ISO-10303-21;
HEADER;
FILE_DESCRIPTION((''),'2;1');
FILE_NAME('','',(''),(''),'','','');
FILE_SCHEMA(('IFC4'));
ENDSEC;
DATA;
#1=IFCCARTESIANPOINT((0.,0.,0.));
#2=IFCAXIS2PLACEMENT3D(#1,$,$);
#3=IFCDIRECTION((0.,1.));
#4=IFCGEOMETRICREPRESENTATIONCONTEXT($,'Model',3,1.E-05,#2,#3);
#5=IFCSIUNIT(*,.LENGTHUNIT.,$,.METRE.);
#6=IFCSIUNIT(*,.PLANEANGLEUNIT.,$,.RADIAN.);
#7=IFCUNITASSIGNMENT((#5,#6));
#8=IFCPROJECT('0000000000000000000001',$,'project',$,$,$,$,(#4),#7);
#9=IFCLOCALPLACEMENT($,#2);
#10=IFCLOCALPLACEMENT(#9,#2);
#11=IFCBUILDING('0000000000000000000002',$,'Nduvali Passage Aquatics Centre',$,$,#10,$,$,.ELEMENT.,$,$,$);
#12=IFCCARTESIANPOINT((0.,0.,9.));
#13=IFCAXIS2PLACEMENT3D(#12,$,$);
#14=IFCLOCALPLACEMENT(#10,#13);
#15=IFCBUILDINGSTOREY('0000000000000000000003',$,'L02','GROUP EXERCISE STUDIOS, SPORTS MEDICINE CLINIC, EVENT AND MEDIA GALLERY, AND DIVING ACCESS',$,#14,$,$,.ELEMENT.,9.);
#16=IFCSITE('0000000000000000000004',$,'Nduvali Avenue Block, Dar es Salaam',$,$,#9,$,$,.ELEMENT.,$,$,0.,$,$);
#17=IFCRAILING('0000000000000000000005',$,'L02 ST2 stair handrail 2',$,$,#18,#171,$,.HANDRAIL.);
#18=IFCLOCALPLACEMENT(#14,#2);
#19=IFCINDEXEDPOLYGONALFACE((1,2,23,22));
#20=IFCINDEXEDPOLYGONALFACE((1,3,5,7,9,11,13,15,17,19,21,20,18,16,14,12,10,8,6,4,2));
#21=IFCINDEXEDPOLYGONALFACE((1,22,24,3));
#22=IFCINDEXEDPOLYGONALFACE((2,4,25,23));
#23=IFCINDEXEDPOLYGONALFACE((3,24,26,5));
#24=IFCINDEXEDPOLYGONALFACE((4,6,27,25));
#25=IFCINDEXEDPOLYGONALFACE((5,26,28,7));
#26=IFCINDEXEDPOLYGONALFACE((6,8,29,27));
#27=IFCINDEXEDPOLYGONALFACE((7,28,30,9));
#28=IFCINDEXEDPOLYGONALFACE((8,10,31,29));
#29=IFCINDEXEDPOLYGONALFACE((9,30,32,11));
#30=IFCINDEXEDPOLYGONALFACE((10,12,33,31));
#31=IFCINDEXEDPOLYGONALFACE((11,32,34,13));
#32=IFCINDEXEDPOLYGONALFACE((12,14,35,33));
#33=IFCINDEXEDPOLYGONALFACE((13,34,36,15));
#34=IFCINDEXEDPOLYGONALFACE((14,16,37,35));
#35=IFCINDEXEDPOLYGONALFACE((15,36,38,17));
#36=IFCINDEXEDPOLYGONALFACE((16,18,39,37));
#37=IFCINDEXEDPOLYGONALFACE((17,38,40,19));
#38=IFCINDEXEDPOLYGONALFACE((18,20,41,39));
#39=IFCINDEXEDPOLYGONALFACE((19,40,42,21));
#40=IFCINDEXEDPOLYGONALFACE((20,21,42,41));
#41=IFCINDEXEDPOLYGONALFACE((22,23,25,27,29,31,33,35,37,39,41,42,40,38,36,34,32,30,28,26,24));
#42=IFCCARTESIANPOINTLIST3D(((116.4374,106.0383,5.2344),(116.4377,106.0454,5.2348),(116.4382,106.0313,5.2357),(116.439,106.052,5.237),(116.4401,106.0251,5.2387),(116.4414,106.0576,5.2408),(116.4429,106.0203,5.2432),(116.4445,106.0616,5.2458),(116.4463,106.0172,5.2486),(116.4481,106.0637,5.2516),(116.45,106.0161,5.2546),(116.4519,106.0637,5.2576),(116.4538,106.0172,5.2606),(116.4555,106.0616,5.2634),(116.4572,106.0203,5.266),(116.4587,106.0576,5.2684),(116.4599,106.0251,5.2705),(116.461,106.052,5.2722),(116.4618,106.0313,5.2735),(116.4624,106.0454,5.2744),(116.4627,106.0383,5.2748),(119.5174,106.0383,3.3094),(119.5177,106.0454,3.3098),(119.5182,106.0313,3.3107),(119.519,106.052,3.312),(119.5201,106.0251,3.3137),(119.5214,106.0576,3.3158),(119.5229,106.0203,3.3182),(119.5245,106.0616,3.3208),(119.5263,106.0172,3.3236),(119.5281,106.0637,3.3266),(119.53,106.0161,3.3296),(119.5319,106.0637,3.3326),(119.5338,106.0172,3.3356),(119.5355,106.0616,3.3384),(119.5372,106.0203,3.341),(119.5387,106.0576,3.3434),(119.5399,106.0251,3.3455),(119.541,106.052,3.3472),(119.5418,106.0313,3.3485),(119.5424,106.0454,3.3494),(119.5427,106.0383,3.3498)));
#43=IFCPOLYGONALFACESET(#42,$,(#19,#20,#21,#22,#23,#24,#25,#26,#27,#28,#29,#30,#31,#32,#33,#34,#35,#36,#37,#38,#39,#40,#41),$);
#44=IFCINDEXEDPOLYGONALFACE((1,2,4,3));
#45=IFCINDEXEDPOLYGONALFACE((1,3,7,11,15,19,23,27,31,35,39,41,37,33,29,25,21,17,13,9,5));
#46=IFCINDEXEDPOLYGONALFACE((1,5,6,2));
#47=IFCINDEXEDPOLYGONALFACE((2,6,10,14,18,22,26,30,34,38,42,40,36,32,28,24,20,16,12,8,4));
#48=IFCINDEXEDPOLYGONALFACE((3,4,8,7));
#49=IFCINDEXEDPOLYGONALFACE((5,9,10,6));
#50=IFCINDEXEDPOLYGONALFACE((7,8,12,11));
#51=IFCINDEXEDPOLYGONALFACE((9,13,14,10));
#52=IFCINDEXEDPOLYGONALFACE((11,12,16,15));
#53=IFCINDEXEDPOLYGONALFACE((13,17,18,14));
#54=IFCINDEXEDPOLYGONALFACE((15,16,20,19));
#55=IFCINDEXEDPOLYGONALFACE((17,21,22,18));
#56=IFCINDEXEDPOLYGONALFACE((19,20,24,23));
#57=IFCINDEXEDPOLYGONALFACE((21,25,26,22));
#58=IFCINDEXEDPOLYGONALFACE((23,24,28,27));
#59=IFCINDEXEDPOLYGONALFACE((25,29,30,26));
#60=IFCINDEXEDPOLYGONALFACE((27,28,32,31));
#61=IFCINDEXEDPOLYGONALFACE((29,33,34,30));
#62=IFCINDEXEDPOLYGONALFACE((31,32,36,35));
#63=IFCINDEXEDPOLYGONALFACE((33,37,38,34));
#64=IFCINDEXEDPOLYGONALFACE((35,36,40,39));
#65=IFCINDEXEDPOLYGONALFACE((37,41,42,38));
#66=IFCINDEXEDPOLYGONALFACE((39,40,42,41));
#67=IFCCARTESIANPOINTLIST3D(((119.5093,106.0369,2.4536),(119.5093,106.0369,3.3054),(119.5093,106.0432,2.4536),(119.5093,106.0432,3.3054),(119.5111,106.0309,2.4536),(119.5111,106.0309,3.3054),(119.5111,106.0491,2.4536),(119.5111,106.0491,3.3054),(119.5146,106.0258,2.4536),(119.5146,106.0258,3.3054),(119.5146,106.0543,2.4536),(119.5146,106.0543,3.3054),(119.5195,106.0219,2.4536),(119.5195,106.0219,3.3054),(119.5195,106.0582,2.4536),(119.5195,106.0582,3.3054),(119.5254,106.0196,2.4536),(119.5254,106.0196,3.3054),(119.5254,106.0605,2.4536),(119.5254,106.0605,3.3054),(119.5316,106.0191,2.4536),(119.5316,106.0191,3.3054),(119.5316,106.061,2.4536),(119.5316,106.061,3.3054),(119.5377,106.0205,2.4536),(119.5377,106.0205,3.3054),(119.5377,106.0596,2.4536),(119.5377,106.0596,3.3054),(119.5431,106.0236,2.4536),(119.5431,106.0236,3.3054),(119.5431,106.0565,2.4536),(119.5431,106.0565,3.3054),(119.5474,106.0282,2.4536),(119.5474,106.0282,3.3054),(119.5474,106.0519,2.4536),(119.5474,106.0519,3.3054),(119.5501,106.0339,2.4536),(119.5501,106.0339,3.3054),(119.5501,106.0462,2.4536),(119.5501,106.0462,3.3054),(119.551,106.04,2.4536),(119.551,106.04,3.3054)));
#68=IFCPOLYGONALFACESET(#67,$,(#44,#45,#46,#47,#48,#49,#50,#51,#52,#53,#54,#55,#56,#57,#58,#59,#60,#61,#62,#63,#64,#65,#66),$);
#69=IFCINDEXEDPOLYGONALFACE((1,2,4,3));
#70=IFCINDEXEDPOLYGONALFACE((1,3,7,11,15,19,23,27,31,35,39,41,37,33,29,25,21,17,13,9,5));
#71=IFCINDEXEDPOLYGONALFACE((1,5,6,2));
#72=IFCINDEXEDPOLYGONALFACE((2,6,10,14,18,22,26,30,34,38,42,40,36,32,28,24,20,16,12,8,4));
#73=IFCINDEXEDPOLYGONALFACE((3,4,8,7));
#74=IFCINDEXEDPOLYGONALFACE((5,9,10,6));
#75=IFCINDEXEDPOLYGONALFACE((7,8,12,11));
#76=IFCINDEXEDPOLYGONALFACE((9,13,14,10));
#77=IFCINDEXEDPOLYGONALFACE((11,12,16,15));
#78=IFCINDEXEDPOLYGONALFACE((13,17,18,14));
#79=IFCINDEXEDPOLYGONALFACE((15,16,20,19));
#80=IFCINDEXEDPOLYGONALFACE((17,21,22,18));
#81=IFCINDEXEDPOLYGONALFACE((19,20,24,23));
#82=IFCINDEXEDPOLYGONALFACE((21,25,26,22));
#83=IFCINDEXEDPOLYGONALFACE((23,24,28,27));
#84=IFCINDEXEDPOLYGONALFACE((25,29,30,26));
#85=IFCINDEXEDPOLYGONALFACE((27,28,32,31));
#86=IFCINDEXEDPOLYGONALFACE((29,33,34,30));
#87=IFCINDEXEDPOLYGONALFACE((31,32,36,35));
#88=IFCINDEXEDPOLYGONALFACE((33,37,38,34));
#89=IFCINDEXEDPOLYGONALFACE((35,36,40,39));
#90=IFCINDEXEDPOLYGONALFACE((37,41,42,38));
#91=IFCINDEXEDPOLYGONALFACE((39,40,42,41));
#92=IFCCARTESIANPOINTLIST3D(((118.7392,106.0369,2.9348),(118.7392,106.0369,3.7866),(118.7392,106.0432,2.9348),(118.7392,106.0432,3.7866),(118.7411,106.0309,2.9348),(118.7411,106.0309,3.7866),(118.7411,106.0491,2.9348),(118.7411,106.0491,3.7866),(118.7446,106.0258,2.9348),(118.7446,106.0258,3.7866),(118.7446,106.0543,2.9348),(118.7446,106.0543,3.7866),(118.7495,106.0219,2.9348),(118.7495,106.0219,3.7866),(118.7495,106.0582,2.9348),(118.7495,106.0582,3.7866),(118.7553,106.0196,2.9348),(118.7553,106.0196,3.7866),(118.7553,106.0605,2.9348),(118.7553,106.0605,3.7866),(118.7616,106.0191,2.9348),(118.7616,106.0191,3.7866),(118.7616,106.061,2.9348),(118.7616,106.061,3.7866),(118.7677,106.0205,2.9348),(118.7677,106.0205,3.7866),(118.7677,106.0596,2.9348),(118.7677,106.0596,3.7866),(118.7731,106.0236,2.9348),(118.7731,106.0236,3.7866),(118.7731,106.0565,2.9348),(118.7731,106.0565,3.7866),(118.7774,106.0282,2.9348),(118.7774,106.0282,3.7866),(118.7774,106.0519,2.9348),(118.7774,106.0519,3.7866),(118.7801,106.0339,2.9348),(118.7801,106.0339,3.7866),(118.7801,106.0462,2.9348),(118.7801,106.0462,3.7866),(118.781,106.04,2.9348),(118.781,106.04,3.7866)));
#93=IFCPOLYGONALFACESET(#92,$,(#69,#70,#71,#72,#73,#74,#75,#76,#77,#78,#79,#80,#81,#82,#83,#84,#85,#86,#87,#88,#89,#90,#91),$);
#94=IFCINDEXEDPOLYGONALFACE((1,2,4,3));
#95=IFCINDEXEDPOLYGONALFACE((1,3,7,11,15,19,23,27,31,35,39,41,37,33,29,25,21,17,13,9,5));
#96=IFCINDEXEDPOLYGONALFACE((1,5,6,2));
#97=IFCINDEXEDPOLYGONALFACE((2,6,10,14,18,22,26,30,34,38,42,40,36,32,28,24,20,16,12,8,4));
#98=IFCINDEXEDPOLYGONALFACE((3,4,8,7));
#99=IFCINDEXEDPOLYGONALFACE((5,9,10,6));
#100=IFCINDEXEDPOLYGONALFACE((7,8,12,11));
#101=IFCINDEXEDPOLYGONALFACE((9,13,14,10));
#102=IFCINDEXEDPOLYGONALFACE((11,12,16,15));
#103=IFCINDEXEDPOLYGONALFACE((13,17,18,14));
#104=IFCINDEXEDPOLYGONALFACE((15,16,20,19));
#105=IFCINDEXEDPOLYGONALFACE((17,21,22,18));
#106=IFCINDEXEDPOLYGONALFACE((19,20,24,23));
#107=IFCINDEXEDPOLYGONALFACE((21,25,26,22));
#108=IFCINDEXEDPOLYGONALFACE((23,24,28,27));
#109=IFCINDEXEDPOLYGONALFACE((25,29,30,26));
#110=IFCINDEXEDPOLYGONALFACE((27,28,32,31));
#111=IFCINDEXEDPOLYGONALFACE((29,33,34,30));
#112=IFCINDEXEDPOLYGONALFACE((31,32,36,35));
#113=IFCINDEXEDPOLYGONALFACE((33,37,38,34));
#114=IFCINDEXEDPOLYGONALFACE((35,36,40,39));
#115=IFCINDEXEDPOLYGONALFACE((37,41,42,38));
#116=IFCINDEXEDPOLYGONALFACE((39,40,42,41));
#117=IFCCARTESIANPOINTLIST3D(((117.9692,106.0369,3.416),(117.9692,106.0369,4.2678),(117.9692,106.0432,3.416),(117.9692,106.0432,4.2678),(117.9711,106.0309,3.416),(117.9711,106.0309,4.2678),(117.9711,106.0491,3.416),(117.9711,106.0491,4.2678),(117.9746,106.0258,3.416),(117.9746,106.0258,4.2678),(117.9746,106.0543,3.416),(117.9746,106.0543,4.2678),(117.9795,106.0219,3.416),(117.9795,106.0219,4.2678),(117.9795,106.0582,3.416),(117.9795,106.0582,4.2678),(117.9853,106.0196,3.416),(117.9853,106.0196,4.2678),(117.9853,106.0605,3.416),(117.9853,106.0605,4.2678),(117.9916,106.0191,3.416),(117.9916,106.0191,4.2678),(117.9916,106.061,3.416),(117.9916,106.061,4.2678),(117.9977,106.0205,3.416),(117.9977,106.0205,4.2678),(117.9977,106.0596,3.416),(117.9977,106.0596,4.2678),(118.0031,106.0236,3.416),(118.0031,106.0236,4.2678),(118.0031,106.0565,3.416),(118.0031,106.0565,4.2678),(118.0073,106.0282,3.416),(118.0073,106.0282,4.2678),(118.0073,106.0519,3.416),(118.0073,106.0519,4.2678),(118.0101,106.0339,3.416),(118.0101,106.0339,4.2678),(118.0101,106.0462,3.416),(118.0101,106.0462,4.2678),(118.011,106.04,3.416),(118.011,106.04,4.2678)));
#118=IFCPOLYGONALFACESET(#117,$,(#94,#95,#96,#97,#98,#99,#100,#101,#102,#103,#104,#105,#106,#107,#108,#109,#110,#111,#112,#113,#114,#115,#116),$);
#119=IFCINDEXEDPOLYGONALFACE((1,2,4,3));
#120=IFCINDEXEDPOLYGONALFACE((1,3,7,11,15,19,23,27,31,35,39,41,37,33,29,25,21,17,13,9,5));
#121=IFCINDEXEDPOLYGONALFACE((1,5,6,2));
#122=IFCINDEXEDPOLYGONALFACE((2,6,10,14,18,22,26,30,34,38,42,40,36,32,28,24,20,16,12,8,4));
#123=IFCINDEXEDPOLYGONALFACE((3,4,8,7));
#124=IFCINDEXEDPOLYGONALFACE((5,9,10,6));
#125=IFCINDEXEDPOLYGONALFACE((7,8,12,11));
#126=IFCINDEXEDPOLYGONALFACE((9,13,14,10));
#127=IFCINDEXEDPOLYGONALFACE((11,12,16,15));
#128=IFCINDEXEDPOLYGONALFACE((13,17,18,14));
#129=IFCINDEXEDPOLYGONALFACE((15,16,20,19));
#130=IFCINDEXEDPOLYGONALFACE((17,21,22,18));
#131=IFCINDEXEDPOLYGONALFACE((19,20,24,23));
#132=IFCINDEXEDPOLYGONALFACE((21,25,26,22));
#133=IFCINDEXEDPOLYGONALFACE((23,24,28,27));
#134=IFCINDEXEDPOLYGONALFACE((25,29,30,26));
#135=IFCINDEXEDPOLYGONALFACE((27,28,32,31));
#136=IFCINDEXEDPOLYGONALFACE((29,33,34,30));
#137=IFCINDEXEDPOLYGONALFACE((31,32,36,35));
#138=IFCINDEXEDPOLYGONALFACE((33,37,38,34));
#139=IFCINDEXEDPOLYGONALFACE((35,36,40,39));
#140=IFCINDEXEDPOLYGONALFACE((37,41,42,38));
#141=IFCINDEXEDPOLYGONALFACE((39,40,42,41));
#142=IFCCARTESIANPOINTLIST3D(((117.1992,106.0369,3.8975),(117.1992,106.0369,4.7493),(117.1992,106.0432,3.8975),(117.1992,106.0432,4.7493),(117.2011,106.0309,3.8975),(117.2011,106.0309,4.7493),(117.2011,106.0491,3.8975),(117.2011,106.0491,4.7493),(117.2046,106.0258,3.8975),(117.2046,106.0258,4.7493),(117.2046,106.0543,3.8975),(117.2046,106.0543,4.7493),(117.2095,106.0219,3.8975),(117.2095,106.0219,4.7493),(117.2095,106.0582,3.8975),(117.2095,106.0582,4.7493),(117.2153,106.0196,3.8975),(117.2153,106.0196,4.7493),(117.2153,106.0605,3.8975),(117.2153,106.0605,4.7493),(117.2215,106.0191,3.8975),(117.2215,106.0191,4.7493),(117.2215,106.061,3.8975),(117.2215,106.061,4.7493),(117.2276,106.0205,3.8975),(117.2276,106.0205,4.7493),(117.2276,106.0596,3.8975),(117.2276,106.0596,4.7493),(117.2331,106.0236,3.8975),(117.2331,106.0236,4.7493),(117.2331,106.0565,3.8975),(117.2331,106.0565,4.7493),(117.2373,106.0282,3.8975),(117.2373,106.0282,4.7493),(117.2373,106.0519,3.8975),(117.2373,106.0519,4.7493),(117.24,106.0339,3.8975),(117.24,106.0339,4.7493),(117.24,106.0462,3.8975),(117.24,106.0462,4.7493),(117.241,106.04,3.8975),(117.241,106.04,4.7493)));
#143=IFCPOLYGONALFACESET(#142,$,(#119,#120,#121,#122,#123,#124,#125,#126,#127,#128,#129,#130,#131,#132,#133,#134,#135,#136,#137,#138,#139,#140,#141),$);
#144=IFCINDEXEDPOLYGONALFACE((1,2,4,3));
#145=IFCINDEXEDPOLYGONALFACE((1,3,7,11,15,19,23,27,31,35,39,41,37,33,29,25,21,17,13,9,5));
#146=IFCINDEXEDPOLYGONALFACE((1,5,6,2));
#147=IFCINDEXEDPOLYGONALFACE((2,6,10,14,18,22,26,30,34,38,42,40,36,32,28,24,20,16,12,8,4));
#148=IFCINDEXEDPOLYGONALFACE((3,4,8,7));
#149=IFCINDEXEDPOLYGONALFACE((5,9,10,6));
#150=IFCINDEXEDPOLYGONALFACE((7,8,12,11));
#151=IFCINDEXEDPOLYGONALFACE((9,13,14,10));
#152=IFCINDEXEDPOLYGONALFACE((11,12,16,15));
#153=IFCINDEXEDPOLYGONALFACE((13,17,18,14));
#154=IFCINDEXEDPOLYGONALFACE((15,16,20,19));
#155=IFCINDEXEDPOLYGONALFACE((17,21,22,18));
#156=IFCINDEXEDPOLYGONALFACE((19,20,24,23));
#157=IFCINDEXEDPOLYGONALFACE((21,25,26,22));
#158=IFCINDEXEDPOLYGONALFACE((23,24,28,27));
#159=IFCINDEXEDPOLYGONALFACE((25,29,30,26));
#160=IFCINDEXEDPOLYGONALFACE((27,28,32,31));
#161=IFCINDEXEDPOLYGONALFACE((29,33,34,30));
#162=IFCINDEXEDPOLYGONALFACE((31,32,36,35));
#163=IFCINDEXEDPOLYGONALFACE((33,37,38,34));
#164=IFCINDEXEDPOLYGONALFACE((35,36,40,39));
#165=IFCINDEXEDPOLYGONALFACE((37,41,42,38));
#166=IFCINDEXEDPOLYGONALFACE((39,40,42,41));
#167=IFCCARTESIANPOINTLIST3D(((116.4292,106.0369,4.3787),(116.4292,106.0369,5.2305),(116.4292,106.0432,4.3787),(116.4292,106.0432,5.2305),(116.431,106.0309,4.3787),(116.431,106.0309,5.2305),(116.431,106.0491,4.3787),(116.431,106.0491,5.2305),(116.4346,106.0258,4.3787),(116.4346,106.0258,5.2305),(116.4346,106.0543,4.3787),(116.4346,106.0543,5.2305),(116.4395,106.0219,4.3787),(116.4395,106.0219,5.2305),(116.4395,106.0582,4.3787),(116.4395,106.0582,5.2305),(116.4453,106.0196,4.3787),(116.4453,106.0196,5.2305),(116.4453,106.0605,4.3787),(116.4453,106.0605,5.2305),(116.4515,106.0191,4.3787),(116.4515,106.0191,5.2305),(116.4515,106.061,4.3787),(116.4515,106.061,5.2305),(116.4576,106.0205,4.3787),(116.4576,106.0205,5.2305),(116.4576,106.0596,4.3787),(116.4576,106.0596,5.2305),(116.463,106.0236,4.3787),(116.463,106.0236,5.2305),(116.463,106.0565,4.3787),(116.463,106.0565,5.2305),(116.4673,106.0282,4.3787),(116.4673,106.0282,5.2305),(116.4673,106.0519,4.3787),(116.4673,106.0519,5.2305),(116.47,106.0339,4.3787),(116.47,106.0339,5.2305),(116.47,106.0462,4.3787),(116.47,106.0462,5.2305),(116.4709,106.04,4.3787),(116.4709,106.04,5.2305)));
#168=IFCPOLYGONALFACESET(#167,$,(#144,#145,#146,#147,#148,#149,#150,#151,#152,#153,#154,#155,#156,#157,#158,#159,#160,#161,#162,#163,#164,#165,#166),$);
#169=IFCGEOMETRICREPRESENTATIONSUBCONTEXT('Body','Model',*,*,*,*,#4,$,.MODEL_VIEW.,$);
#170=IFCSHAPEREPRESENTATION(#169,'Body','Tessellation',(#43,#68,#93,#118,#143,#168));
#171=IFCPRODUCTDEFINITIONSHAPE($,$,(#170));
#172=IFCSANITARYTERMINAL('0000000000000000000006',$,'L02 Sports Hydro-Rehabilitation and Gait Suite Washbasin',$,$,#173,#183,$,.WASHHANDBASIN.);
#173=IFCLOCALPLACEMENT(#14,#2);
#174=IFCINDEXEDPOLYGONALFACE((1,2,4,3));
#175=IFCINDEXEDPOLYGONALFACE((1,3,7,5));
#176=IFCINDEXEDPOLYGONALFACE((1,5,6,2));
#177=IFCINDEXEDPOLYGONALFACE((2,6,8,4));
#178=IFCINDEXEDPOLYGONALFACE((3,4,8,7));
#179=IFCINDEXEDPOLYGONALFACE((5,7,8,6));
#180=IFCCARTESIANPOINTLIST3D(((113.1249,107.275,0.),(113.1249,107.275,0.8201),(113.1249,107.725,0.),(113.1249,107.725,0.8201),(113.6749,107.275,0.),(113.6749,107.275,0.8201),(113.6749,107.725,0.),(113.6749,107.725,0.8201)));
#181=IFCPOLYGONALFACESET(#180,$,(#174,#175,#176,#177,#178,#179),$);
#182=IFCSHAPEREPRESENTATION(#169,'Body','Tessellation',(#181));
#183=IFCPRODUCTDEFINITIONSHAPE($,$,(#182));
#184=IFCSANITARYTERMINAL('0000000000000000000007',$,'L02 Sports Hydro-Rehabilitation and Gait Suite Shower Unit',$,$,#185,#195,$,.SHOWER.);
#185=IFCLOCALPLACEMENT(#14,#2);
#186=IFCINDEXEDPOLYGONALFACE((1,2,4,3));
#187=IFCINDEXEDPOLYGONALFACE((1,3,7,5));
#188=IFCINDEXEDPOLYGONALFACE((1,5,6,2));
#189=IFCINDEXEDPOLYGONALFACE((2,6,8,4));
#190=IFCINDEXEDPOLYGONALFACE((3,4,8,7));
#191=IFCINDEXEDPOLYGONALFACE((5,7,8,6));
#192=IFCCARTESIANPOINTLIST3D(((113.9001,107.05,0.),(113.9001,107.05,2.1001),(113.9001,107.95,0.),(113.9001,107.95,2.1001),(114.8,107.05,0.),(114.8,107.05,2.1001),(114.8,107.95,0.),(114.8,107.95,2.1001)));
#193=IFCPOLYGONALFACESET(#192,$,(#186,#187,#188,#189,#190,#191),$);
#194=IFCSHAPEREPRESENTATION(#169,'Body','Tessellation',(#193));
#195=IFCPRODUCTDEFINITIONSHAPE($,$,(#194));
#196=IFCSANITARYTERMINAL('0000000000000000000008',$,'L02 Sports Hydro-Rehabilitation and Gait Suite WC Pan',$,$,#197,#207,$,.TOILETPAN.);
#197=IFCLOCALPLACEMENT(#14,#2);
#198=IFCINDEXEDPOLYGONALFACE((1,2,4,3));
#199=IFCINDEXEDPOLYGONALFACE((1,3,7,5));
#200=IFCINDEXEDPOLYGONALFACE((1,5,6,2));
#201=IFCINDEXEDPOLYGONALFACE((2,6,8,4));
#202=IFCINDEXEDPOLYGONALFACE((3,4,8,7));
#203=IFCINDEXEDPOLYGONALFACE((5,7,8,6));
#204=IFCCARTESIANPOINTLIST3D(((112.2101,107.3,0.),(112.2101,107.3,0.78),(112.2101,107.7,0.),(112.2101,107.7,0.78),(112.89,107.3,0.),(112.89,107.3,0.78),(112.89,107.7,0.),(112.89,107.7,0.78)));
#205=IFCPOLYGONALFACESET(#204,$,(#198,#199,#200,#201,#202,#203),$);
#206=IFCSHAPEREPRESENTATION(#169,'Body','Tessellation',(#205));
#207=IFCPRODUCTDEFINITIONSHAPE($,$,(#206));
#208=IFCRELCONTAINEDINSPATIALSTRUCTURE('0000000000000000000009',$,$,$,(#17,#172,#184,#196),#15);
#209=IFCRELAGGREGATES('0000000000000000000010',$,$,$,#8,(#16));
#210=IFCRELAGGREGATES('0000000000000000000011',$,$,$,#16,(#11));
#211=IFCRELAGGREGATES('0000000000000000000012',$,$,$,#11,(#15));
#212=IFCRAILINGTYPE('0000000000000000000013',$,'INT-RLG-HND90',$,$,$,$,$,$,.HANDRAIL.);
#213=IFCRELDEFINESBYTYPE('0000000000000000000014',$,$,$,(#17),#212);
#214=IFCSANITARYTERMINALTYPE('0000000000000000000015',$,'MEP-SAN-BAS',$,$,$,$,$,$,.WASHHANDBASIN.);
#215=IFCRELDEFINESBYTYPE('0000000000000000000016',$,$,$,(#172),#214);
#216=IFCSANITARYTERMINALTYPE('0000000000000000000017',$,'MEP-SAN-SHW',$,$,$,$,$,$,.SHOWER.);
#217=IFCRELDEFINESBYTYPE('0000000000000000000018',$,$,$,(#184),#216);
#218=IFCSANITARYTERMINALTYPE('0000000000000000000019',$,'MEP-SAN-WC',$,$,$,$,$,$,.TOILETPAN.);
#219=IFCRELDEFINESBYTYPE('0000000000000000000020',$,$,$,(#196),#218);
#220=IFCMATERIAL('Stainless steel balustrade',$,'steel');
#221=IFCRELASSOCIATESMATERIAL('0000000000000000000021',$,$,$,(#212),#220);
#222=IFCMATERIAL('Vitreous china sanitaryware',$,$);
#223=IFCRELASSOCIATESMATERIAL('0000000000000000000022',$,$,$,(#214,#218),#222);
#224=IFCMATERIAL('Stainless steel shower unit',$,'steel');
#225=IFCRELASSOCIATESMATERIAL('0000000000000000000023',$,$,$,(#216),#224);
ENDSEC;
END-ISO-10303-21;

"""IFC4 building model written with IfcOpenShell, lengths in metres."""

from ifc_helpers import new_model, si_unit, direction, frame, origin, origin_2d, place, context, subcontext, project, spatial, rectangle, circle, extrude, material, type_object, element, save


model = new_model("IFC4")

# Units and contexts
model_context = context("Model", 3, precision=1e-05, world=origin(), true_north=direction((0.0, 1.0)))
body_context = subcontext(model_context, "Body", "Model", "MODEL_VIEW")
ifc_project = project(units=[si_unit("LENGTHUNIT", "METRE"), si_unit("PLANEANGLEUNIT", "RADIAN")], contexts=[model_context])

# Site, building, storey
site_placement = place(None, origin())
site = spatial("IfcSite", under=ifc_project, at=site_placement, Name="Nduvali Avenue Block, Dar es Salaam", CompositionType="ELEMENT", RefElevation=0.0)
building_placement = place(site_placement, origin())
building = spatial("IfcBuilding", under=site, at=building_placement, Name="Nduvali Passage Aquatics Centre", CompositionType="ELEMENT")
storey_placement = place(building_placement, frame((0.0, 0.0, 9.0)))
storey = spatial("IfcBuildingStorey", under=building, at=storey_placement, Name="L02", Description="GROUP EXERCISE STUDIOS, SPORTS MEDICINE CLINIC, EVENT AND MEDIA GALLERY, AND DIVING ACCESS", CompositionType="ELEMENT", Elevation=9.0)

# Railing
ifc_material_1 = material(Name="Stainless steel balustrade", Category="steel")
railing_type_1 = type_object("IfcRailingType", Name="INT-RLG-HND90", PredefinedType="HANDRAIL", material=ifc_material_1)
railing_1_placement = place(storey_placement, frame((119.53, 106.04, 2.4536)))
element("IfcRailing", 1, at=railing_1_placement, inside=storey, type_object=railing_type_1, Name="L02 ST2 stair handrail 2", PredefinedType="HANDRAIL", context=body_context, shape_type="SweptSolid", body=[
    extrude(circle(Radius=0.0239, at=origin_2d()), frame((0.0, 0.0, 0.876), z_axis=(-0.847998, 0.0, 0.529999), x_axis=(0.0, -1.0, 0.0)), (0.0, 0.0, 1.0), 3.6321),
    extrude(circle(Radius=0.021, at=origin_2d()), origin(), (0.0, 0.0, 1.0), 0.8518),
    extrude(circle(Radius=0.021, at=origin_2d()), frame((-0.77, 0.0, 0.4812)), (0.0, 0.0, 1.0), 0.8518),
    extrude(circle(Radius=0.021, at=origin_2d()), frame((-1.54, 0.0, 0.9624)), (0.0, 0.0, 1.0), 0.8518),
    extrude(circle(Radius=0.021, at=origin_2d()), frame((-2.3101, 0.0, 1.4438)), (0.0, 0.0, 1.0), 0.8518),
    extrude(circle(Radius=0.021, at=origin_2d()), frame((-3.0801, 0.0, 1.925)), (0.0, 0.0, 1.0), 0.8518),
])

# Sanitary terminals
ifc_material_2 = material(Name="Vitreous china sanitaryware")
sanitary_terminal_type_1 = type_object("IfcSanitaryTerminalType", Name="MEP-SAN-BAS", PredefinedType="WASHHANDBASIN", material=ifc_material_2)
sanitary_terminal_1_placement = place(storey_placement, frame((113.3999, 107.5, 0.0), z_axis=(0.0, 0.0, 1.0), x_axis=(1.0, 0.0, 0.0)))
element("IfcSanitaryTerminal", 2, at=sanitary_terminal_1_placement, inside=storey, type_object=sanitary_terminal_type_1, Name="L02 Sports Hydro-Rehabilitation and Gait Suite Washbasin", PredefinedType="WASHHANDBASIN", context=body_context, shape_type="SweptSolid", body=[
    extrude(rectangle(XDim=0.55, YDim=0.45, at=origin_2d()), origin(), (0.0, 0.0, 1.0), 0.8201),
])
ifc_material_3 = material(Name="Stainless steel shower unit", Category="steel")
sanitary_terminal_type_2 = type_object("IfcSanitaryTerminalType", Name="MEP-SAN-SHW", PredefinedType="SHOWER", material=ifc_material_3)
sanitary_terminal_2_placement = place(storey_placement, frame((114.3501, 107.5, 0.0), z_axis=(0.0, 0.0, 1.0), x_axis=(1.0, 0.0, 0.0)))
element("IfcSanitaryTerminal", 3, at=sanitary_terminal_2_placement, inside=storey, type_object=sanitary_terminal_type_2, Name="L02 Sports Hydro-Rehabilitation and Gait Suite Shower Unit", PredefinedType="SHOWER", context=body_context, shape_type="SweptSolid", body=[
    extrude(rectangle(XDim=0.8999, YDim=0.8999, at=origin_2d()), origin(), (0.0, 0.0, 1.0), 2.1001),
])
sanitary_terminal_type_3 = type_object("IfcSanitaryTerminalType", Name="MEP-SAN-WC", PredefinedType="TOILETPAN", material=ifc_material_2)
sanitary_terminal_3_placement = place(storey_placement, frame((112.55, 107.5, 0.0), z_axis=(0.0, 0.0, 1.0), x_axis=(1.0, 0.0, 0.0)))
element("IfcSanitaryTerminal", 4, at=sanitary_terminal_3_placement, inside=storey, type_object=sanitary_terminal_type_3, Name="L02 Sports Hydro-Rehabilitation and Gait Suite WC Pan", PredefinedType="TOILETPAN", context=body_context, shape_type="SweptSolid", body=[
    extrude(rectangle(XDim=0.6799, YDim=0.3999, at=origin_2d()), origin(), (0.0, 0.0, 1.0), 0.78),
])

save(model, "model.ifc")
